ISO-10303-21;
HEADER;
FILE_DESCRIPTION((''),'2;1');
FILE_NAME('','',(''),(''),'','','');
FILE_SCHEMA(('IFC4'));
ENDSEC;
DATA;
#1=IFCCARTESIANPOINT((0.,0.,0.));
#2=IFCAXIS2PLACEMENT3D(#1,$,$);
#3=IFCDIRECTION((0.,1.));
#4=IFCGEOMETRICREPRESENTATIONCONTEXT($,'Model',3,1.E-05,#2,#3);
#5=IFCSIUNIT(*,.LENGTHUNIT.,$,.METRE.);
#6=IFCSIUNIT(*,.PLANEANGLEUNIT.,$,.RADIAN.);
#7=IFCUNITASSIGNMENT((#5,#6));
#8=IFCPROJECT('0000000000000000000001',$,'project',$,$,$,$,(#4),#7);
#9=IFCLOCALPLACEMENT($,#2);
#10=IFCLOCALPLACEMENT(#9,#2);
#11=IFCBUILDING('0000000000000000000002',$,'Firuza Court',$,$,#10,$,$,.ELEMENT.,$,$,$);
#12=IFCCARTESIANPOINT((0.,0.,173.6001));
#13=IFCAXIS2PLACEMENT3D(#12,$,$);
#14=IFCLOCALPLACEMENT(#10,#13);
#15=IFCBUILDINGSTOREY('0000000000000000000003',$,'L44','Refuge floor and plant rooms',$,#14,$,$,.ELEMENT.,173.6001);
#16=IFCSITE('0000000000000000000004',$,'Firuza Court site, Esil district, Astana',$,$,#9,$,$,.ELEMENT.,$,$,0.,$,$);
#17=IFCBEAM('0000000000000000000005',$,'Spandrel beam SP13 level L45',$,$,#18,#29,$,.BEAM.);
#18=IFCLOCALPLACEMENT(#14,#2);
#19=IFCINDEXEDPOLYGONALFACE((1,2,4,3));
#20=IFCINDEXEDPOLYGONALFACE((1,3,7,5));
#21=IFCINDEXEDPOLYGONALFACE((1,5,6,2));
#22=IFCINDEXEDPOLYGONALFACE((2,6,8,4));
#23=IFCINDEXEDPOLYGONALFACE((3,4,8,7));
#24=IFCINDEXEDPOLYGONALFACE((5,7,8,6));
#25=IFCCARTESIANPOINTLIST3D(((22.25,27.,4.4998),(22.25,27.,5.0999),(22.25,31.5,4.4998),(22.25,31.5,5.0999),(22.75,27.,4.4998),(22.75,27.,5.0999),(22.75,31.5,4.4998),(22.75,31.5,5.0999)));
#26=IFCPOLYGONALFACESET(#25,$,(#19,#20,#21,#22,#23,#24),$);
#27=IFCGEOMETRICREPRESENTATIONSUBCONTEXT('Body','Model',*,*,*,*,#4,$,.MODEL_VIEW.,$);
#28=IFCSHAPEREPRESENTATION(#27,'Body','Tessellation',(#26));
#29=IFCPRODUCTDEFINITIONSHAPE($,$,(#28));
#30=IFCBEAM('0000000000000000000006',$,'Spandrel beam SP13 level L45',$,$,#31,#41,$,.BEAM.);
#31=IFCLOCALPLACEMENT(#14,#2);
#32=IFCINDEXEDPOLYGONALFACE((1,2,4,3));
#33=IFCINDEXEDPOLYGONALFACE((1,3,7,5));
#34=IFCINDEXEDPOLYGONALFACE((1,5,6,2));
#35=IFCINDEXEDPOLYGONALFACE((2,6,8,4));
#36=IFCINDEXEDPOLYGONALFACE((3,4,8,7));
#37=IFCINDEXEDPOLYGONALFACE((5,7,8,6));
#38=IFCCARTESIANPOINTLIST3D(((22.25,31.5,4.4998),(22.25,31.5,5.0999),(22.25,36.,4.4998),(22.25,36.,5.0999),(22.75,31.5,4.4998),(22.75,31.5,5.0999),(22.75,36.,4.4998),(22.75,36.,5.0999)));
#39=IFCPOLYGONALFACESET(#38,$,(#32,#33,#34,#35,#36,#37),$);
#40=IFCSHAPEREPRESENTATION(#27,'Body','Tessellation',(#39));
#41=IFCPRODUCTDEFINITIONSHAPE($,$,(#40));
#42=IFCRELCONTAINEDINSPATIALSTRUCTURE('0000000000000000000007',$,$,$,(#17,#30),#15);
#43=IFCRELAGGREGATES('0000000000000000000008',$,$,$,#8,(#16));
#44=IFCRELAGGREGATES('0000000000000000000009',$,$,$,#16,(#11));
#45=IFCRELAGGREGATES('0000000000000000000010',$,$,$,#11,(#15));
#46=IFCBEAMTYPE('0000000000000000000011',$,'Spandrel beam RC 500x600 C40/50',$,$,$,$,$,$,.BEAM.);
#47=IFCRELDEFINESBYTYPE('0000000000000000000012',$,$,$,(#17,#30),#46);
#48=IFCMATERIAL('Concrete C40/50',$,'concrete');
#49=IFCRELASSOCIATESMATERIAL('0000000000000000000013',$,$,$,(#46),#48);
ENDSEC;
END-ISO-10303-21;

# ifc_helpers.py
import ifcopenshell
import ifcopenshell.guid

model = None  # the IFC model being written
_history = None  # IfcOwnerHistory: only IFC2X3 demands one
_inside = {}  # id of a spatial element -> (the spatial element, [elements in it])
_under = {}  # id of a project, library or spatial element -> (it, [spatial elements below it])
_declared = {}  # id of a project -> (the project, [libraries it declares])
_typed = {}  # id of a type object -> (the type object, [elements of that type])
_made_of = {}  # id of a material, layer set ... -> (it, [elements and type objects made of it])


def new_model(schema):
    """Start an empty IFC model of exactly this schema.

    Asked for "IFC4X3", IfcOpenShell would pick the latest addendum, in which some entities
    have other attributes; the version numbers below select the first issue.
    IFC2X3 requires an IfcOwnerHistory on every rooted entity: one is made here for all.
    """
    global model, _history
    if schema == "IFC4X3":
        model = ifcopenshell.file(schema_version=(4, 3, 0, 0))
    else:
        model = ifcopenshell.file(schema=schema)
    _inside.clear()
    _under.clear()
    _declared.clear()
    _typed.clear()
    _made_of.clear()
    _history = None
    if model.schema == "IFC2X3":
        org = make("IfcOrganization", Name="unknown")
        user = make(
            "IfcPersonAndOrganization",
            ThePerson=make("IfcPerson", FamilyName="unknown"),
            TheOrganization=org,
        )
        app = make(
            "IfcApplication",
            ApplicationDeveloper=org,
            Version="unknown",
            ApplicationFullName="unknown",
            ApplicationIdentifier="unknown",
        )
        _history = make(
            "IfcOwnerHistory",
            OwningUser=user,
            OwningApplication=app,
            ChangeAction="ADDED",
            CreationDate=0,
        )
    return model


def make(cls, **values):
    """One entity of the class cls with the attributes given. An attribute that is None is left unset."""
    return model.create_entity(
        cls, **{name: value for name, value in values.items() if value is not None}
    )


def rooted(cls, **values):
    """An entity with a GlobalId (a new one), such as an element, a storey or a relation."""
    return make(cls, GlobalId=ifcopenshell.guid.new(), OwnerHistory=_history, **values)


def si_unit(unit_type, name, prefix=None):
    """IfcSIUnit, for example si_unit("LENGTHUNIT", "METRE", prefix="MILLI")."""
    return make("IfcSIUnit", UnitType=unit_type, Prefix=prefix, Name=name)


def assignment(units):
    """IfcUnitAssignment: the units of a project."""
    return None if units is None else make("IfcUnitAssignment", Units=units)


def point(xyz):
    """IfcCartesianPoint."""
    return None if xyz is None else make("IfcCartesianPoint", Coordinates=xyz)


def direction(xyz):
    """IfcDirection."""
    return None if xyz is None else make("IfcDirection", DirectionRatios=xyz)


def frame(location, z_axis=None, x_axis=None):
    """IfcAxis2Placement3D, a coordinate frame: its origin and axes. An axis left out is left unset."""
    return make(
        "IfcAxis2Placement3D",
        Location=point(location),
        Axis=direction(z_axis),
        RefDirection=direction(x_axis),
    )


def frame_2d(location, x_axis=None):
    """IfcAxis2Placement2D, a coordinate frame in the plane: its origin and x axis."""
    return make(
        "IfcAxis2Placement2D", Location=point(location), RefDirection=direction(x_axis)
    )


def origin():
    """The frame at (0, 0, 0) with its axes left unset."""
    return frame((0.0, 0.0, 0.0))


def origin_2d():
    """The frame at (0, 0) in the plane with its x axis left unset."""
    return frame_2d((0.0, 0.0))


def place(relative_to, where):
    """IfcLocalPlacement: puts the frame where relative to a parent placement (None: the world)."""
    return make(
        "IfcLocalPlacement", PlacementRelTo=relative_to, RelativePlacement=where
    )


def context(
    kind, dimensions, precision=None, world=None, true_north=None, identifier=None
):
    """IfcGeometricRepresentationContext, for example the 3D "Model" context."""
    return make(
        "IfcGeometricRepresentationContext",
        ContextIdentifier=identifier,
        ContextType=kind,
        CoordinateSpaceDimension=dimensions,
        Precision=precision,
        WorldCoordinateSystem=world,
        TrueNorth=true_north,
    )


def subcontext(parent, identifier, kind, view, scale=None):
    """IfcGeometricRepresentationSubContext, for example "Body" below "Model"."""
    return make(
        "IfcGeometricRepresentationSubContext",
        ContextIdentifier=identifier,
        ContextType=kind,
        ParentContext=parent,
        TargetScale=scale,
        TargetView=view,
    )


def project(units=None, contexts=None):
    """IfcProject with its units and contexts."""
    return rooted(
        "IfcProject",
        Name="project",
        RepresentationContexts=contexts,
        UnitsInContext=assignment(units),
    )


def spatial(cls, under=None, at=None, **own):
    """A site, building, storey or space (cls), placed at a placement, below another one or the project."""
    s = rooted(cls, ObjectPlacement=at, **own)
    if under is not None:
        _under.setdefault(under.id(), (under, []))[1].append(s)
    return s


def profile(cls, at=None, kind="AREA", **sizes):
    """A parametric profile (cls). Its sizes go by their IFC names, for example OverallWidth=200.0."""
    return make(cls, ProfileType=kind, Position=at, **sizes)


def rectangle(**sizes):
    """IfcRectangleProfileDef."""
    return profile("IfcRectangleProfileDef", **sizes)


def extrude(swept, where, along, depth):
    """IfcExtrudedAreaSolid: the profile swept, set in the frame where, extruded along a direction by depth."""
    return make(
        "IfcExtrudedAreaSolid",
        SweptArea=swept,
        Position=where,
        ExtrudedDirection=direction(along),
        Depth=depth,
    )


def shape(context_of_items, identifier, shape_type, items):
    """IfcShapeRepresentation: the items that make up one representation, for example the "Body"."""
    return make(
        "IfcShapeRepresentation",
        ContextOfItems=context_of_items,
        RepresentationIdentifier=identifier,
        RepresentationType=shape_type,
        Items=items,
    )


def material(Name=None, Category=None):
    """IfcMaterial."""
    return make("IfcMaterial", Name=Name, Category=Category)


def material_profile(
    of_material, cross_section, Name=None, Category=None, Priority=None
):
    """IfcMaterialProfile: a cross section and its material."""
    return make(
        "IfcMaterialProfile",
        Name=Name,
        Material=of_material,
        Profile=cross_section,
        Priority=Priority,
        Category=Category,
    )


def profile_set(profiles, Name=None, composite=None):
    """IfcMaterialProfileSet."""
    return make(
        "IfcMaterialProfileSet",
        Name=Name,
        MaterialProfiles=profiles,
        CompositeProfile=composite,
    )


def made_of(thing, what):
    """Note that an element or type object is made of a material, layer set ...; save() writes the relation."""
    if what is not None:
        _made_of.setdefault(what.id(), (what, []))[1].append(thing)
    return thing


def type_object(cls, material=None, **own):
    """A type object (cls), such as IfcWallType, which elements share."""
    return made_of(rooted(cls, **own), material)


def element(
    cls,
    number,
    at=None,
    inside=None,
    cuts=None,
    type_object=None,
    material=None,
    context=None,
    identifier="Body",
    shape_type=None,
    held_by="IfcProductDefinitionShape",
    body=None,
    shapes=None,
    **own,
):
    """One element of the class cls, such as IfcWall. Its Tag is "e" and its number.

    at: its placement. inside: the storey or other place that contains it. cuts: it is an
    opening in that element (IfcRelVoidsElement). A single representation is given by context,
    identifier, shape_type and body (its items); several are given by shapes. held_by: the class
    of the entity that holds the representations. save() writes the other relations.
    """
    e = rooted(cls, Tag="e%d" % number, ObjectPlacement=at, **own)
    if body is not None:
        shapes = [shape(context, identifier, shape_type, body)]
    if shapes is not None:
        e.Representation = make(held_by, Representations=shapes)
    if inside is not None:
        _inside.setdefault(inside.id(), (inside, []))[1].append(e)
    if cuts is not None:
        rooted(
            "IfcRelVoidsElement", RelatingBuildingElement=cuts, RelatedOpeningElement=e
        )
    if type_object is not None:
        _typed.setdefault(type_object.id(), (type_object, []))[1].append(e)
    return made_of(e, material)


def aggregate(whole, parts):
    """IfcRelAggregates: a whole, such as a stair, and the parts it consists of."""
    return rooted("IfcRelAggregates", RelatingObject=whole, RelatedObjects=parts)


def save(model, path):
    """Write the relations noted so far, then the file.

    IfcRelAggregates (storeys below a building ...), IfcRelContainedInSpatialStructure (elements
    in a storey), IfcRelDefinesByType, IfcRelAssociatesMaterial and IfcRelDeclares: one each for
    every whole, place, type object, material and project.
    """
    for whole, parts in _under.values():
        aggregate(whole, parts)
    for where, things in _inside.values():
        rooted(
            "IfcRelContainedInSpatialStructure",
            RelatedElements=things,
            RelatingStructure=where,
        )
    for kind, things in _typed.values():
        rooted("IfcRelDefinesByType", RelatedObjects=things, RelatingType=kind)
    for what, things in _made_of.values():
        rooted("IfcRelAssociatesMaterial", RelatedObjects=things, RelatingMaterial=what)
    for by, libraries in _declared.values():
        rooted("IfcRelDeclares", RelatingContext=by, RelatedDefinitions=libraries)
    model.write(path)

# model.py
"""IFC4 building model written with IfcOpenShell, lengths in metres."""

from ifc_helpers import new_model, si_unit, direction, frame, origin, origin_2d, place, context, subcontext, project, spatial, rectangle, extrude, material, material_profile, profile_set, type_object, element, save


model = new_model("IFC4")

# Units and contexts
model_context = context("Model", 3, precision=1e-05, world=origin(), true_north=direction((0.0, 1.0)))
body_context = subcontext(model_context, "Body", "Model", "MODEL_VIEW")
ifc_project = project(units=[si_unit("LENGTHUNIT", "METRE"), si_unit("PLANEANGLEUNIT", "RADIAN")], contexts=[model_context])

# Site, building, storey
site_placement = place(None, origin())
site = spatial("IfcSite", under=ifc_project, at=site_placement, Name="Firuza Court site, Esil district, Astana", CompositionType="ELEMENT", RefElevation=0.0)
building_placement = place(site_placement, origin())
building = spatial("IfcBuilding", under=site, at=building_placement, Name="Firuza Court", CompositionType="ELEMENT")
storey_placement = place(building_placement, frame((0.0, 0.0, 173.6001)))
storey = spatial("IfcBuildingStorey", under=building, at=storey_placement, Name="L44", Description="Refuge floor and plant rooms", CompositionType="ELEMENT", Elevation=173.6001)

# Beams
ifc_material_1 = material(Name="Concrete C40/50", Category="concrete")
ifc_material_profile_1 = material_profile(ifc_material_1, rectangle(XDim=0.5, YDim=0.6001, at=origin_2d()), Name="RC 500x600")
ifc_profile_set_1 = profile_set([ifc_material_profile_1], Name="Concrete C40/50")
beam_type_1 = type_object("IfcBeamType", Name="Spandrel beam RC 500x600 C40/50", PredefinedType="BEAM", material=ifc_profile_set_1)
for number, where, z_axis, x_axis, name in (
    (1, (22.5, 27.0, 4.7998), (0.0, 1.0, 0.0), (-1.0, 0.0, 0.0), "Spandrel beam SP13 level L45"),
    (2, (22.5, 31.5, 4.7998), (0.0, 1.0, 0.0), (-1.0, 0.0, 0.0), "Spandrel beam SP13 level L45"),
):
    element("IfcBeam", number, at=place(storey_placement, frame(where, z_axis=z_axis, x_axis=x_axis)), inside=storey, type_object=beam_type_1, Name=name, PredefinedType="BEAM", context=body_context, shape_type="SweptSolid", body=[
        extrude(rectangle(XDim=0.5, YDim=0.6001, at=origin_2d()), origin(), (0.0, 0.0, 1.0), 4.5),
    ])

save(model, "model.ifc")
